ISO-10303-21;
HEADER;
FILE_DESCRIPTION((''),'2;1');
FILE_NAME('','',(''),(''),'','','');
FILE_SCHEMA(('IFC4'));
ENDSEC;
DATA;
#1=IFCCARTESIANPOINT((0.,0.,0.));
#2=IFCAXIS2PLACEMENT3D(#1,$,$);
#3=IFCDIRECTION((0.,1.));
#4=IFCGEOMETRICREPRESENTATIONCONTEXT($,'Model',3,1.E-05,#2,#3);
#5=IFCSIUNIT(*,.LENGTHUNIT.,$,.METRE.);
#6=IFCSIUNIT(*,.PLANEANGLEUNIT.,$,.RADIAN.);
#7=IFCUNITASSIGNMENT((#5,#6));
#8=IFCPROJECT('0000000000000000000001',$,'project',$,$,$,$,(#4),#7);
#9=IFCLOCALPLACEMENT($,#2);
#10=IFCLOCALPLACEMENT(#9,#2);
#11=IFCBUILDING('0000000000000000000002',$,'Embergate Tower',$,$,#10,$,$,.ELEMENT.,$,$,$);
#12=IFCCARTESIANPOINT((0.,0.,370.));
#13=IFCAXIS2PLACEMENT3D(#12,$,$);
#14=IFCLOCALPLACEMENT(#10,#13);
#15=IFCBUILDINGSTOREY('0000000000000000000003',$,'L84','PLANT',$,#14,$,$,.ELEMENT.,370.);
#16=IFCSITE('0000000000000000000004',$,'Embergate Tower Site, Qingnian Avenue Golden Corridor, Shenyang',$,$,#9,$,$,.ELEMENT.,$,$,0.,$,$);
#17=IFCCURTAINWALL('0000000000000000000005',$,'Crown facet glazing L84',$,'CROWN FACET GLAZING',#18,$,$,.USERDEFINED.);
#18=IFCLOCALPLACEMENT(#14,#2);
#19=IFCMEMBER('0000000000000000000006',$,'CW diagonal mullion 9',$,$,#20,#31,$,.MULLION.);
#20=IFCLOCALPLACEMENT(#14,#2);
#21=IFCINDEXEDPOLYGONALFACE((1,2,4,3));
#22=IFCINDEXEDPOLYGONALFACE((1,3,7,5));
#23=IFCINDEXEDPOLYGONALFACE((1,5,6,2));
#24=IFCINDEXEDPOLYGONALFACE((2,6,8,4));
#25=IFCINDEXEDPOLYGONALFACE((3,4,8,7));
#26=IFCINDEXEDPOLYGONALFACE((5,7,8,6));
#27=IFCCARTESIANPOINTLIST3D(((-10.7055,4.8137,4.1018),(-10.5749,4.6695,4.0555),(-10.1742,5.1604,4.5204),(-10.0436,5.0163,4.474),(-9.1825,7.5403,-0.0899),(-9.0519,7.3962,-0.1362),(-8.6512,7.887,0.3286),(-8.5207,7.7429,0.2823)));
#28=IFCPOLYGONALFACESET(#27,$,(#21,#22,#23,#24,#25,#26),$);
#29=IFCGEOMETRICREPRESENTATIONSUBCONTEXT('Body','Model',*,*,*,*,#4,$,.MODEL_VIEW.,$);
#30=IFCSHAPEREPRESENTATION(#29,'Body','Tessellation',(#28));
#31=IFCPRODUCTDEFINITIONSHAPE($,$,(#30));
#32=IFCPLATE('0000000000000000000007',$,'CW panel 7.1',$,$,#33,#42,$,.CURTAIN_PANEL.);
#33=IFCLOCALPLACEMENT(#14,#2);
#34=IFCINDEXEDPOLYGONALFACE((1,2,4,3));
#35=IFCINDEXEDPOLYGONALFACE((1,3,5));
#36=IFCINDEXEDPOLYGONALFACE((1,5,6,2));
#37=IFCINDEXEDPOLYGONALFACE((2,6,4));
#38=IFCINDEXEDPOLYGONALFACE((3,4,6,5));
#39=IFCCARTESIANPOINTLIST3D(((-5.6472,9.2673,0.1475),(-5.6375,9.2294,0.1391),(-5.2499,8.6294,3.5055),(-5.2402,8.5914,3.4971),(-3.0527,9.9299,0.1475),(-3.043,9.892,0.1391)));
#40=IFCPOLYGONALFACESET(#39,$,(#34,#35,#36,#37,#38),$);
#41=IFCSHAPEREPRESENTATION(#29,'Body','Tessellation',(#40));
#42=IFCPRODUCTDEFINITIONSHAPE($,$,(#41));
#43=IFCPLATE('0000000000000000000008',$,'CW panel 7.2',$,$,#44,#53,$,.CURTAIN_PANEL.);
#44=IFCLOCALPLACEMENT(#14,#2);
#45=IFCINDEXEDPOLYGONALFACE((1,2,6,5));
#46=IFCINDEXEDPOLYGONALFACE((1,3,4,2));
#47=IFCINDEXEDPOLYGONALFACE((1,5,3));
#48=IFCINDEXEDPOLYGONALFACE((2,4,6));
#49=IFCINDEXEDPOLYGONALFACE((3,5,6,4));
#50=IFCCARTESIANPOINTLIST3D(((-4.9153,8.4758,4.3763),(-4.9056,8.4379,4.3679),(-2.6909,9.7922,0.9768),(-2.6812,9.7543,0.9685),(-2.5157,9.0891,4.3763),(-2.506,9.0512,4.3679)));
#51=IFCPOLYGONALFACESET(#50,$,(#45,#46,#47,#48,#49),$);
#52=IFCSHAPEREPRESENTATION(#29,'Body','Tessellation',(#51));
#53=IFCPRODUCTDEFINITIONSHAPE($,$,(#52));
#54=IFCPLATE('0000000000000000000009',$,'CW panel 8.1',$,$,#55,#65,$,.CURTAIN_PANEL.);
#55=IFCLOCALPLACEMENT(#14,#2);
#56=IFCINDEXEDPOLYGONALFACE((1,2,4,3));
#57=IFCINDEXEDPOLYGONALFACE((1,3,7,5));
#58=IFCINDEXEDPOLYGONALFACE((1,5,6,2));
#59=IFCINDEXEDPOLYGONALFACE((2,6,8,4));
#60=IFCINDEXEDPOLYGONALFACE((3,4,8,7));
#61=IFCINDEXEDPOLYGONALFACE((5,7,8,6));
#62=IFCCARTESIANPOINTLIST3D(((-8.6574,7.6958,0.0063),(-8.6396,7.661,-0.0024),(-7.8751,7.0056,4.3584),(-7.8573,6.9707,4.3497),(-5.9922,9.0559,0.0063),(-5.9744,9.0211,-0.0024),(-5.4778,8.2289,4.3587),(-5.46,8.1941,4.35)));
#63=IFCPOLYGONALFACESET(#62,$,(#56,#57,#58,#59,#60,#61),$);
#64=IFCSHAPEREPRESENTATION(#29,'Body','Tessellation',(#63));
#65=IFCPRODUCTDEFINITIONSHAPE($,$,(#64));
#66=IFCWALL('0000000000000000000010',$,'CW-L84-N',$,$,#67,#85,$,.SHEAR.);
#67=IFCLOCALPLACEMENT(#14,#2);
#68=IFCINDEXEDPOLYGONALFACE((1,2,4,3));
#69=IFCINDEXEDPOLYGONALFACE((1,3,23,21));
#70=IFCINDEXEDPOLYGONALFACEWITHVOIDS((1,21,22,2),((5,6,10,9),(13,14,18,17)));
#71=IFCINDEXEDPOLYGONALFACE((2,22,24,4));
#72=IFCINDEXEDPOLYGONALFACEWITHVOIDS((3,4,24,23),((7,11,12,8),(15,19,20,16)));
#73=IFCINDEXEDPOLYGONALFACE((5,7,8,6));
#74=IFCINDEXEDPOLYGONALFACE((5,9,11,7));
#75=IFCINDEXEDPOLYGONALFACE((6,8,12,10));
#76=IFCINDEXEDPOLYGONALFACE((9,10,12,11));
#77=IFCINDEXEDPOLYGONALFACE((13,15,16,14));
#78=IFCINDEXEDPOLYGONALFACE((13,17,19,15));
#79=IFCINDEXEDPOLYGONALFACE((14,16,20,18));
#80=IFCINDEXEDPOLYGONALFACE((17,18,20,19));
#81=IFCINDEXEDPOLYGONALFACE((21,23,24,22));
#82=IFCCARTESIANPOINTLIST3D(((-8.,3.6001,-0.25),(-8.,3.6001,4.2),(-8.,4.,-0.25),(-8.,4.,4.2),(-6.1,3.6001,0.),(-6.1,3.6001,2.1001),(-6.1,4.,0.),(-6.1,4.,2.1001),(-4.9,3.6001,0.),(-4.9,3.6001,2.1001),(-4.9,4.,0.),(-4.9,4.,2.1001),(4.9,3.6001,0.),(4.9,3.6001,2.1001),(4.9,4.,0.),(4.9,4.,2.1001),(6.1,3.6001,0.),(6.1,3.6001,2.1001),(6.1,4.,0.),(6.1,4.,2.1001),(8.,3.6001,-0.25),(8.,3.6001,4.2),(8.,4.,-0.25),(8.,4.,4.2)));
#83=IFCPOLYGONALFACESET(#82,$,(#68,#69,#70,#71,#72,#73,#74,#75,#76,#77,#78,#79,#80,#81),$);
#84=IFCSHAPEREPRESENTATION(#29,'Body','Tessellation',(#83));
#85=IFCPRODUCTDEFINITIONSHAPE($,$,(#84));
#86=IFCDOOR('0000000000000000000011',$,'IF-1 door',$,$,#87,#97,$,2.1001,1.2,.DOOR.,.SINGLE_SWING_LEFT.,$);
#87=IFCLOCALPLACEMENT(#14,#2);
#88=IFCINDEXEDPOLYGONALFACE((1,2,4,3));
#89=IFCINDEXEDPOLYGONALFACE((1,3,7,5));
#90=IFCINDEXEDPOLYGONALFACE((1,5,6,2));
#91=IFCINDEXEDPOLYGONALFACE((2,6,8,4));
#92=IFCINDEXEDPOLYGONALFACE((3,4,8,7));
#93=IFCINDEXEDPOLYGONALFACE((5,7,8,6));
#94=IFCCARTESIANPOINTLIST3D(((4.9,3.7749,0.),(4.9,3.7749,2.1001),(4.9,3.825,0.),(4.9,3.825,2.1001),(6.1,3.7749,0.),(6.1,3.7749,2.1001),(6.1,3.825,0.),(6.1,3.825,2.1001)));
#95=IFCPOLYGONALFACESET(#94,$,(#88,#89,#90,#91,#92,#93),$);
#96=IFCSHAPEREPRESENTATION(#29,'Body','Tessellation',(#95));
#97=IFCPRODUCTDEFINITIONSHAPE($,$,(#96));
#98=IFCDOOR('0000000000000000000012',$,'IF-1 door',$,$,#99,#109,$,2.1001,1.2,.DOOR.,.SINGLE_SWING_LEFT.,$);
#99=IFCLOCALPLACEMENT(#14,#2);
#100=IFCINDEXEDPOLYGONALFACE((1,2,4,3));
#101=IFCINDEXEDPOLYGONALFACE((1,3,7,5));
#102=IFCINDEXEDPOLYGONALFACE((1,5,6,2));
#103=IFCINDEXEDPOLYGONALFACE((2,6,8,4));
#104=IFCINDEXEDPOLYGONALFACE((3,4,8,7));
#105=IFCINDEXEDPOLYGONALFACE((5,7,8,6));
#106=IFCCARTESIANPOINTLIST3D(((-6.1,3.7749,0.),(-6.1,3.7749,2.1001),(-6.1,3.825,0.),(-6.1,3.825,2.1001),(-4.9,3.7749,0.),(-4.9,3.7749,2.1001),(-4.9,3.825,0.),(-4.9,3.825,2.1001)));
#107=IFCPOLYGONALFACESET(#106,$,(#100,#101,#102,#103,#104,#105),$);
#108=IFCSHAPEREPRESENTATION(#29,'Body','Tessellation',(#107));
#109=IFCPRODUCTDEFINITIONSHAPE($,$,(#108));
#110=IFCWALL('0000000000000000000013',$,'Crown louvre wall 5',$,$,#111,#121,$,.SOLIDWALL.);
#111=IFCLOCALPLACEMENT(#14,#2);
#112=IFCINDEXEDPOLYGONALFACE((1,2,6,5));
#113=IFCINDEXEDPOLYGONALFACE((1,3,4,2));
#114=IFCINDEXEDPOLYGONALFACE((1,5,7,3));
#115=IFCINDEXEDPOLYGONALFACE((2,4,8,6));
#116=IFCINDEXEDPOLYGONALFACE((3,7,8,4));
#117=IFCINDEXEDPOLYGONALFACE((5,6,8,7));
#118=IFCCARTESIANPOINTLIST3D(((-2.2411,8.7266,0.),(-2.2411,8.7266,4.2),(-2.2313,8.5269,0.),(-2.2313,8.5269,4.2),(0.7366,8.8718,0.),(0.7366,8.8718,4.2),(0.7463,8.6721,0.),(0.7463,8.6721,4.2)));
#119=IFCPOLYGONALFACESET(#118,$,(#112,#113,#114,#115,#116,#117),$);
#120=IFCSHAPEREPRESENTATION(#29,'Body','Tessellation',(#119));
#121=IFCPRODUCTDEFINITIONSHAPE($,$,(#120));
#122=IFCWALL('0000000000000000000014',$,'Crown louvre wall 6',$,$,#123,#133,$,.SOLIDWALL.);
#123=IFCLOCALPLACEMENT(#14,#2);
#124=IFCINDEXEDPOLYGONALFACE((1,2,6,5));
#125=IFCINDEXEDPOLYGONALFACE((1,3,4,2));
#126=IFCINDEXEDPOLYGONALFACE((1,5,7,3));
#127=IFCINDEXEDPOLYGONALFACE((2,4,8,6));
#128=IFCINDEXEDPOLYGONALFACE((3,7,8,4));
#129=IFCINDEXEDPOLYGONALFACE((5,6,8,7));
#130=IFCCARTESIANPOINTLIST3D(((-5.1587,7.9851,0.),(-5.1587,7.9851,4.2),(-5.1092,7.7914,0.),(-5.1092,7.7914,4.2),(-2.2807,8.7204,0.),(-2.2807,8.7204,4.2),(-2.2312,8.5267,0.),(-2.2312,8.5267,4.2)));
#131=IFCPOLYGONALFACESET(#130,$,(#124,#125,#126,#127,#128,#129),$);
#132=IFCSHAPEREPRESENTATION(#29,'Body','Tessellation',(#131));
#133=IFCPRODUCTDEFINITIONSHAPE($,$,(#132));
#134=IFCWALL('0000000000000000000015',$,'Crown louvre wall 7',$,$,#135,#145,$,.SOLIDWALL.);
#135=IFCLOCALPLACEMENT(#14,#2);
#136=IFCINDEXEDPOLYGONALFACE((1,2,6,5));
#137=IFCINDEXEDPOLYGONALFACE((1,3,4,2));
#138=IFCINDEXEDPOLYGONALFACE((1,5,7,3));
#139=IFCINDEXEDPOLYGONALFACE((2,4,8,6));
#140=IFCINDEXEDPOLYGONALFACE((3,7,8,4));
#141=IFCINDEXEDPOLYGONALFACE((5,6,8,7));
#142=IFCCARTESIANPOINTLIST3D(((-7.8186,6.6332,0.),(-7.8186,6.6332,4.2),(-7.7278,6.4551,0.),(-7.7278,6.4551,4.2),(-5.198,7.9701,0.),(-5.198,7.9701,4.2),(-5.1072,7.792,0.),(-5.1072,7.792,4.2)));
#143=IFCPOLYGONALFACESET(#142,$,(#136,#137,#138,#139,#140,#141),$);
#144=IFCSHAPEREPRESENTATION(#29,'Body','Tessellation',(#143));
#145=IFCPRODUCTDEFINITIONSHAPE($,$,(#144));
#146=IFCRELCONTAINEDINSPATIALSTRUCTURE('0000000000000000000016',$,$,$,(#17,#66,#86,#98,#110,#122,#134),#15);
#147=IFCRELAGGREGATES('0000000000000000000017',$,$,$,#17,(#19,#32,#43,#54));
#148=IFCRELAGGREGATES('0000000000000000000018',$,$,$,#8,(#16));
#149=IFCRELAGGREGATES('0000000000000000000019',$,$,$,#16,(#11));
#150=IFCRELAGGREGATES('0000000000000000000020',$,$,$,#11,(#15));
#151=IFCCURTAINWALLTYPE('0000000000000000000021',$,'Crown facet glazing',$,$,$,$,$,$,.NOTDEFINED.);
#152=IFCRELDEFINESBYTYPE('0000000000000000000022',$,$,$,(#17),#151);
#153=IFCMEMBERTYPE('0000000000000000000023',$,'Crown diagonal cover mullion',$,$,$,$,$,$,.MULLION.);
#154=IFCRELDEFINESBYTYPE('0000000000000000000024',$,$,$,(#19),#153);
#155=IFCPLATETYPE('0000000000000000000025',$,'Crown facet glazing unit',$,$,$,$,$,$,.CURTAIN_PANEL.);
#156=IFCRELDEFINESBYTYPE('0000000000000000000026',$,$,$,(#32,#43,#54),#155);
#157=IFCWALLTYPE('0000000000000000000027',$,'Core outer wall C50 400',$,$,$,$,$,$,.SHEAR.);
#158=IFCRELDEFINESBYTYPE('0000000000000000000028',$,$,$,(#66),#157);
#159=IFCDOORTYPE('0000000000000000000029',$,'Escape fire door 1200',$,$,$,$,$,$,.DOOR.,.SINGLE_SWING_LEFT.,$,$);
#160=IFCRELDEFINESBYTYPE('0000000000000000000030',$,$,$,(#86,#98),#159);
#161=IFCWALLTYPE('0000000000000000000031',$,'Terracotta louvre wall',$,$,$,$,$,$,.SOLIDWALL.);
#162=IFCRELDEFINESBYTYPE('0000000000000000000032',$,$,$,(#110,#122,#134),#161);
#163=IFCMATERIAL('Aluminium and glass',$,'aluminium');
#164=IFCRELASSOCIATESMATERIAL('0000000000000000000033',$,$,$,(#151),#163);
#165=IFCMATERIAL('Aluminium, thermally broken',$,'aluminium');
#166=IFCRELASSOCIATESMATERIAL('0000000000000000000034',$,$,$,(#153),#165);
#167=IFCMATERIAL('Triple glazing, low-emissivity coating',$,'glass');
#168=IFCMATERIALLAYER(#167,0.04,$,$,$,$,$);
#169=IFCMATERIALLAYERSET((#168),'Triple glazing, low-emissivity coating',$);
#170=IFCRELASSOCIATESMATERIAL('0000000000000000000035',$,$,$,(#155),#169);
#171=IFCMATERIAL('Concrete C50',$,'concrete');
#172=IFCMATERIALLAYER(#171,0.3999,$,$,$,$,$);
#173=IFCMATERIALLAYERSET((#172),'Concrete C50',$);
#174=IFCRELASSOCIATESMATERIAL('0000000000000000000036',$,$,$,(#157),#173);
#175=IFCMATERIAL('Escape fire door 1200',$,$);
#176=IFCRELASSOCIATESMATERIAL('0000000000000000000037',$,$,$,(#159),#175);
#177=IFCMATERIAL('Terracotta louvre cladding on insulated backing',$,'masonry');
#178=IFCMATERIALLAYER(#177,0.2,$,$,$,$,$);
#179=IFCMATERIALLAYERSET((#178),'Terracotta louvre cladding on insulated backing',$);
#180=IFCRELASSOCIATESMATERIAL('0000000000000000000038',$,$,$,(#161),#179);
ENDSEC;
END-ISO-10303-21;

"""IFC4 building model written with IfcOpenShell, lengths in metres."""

from ifc_helpers import new_model, si_unit, direction, frame, frame_2d, origin, origin_2d, place, context, subcontext, project, spatial, polyline, rectangle, outline, extrude, source, transform, mapped, material, layer, layer_set, material_profile, profile_set, type_object, element, fill, aggregate, save


model = new_model("IFC4")

# Units and contexts
model_context = context("Model", 3, precision=1e-05, world=origin(), true_north=direction((0.0, 1.0)))
body_context = subcontext(model_context, "Body", "Model", "MODEL_VIEW")
ifc_project = project(units=[si_unit("LENGTHUNIT", "METRE"), si_unit("PLANEANGLEUNIT", "RADIAN")], contexts=[model_context])

# Site, building, storey
site_placement = place(None, origin())
site = spatial("IfcSite", under=ifc_project, at=site_placement, Name="Embergate Tower Site, Qingnian Avenue Golden Corridor, Shenyang", CompositionType="ELEMENT", RefElevation=0.0)
building_placement = place(site_placement, origin())
building = spatial("IfcBuilding", under=site, at=building_placement, Name="Embergate Tower", CompositionType="ELEMENT")
storey_placement = place(building_placement, frame((0.0, 0.0, 370.0)))
storey = spatial("IfcBuildingStorey", under=building, at=storey_placement, Name="L84", Description="PLANT", CompositionType="ELEMENT", Elevation=370.0)

# Curtain wall, member, plates
ifc_material_1 = material(Name="Aluminium and glass", Category="aluminium")
curtain_wall_type = type_object("IfcCurtainWallType", Name="Crown facet glazing", PredefinedType="NOTDEFINED", material=ifc_material_1)
curtain_wall_placement = place(storey_placement, origin())
curtain_wall = element("IfcCurtainWall", 1, at=curtain_wall_placement, inside=storey, type_object=curtain_wall_type, Name="Crown facet glazing L84", ObjectType="CROWN FACET GLAZING", PredefinedType="USERDEFINED")
ifc_material_2 = material(Name="Aluminium, thermally broken", Category="aluminium")
ifc_material_profile_1 = material_profile(ifc_material_2, rectangle(XDim=0.2, YDim=0.76, at=origin_2d()), Name="AL 760x200")
ifc_profile_set_1 = profile_set([ifc_material_profile_1], Name="Aluminium, thermally broken")
member_type_1 = type_object("IfcMemberType", Name="Crown diagonal cover mullion", PredefinedType="MULLION", material=ifc_profile_set_1)
shared_shape_1 = source(origin(), body_context, "Body", "SweptSolid", [
    extrude(rectangle(XDim=0.2, YDim=0.76, at=origin_2d()), origin(), (0.0, 0.0, 1.0), 5.2273),
])
member_1_placement = place(storey_placement, frame((-8.8516, 7.6416, 0.0962), z_axis=(-0.291352, -0.521612, 0.801895), x_axis=(-0.653096, 0.720964, 0.23168)))
member_1 = element("IfcMember", 2, at=member_1_placement, type_object=member_type_1, Name="CW diagonal mullion 9", PredefinedType="MULLION", context=body_context, shape_type="MappedRepresentation", body=[
    mapped(shared_shape_1, transform((0.0, 0.0, 0.0))),
])
ifc_material_3 = material(Name="Triple glazing, low-emissivity coating", Category="glass")
ifc_layer_1 = layer(ifc_material_3, 0.04)
ifc_layer_set_1 = layer_set([ifc_layer_1], Name="Triple glazing, low-emissivity coating")
plate_type = type_object("IfcPlateType", Name="Crown facet glazing unit", PredefinedType="CURTAIN_PANEL", material=ifc_layer_set_1)
shared_shape_2 = source(origin(), body_context, "Body", "SweptSolid", [
    extrude(outline(polyline([(0.0, 0.0), (2.6777, 0.0), (2.4507, 3.4336), (0.0, 0.0)])), origin(), (0.0, 0.0, -1.0), 0.04),
])
plate_1_placement = place(storey_placement, frame((-3.0527, 9.9299, 0.1475), z_axis=(-0.241999, 0.947577, 0.208648), x_axis=(-0.968902, -0.247445, 0.0)))
plate_1 = element("IfcPlate", 3, at=plate_1_placement, type_object=plate_type, Name="CW panel 7.1", PredefinedType="CURTAIN_PANEL", context=body_context, shape_type="MappedRepresentation", body=[
    mapped(shared_shape_2, transform((0.0, 0.0, 0.0))),
])
shared_shape_3 = source(origin(), body_context, "Body", "SweptSolid", [
    extrude(outline(polyline([(0.0, 0.0), (4.2705, 0.0), (2.8315, 2.0159), (0.0, 0.0)])), origin(), (0.0, 0.0, -1.0), 0.04),
])
plate_2_placement = place(storey_placement, frame((-2.6909, 9.7922, 0.9768), z_axis=(-0.242171, 0.94757, 0.20848), x_axis=(-0.520874, -0.308259, 0.796032)))
plate_2 = element("IfcPlate", 4, at=plate_2_placement, type_object=plate_type, Name="CW panel 7.2", PredefinedType="CURTAIN_PANEL", context=body_context, shape_type="MappedRepresentation", body=[
    mapped(shared_shape_3, transform((0.0, 0.0, 0.0))),
])
shared_shape_4 = source(origin(), body_context, "Body", "SweptSolid", [
    extrude(outline(polyline([(0.0, 0.0), (2.9922, 0.0), (2.6091, 4.459), (-0.0823, 4.4592), (0.0, 0.0)])), origin(), (0.0, 0.0, -1.0), 0.04),
])
plate_3_placement = place(storey_placement, frame((-5.9922, 9.0559, 0.0063), z_axis=(-0.443666, 0.869367, 0.217626), x_axis=(-0.890716, -0.45456, -0.000005)))
plate_3 = element("IfcPlate", 5, at=plate_3_placement, type_object=plate_type, Name="CW panel 8.1", PredefinedType="CURTAIN_PANEL", context=body_context, shape_type="MappedRepresentation", body=[
    mapped(shared_shape_4, transform((0.0, 0.0, 0.0))),
])
aggregate(curtain_wall, [member_1, plate_1, plate_2, plate_3])

# Wall, openings, doors
ifc_material_4 = material(Name="Concrete C50", Category="concrete")
ifc_layer_2 = layer(ifc_material_4, 0.3999)
ifc_layer_set_2 = layer_set([ifc_layer_2], Name="Concrete C50")
wall_type_1 = type_object("IfcWallType", Name="Core outer wall C50 400", PredefinedType="SHEAR", material=ifc_layer_set_2)
shared_shape_5 = source(origin(), body_context, "Body", "SweptSolid", [
    extrude(rectangle(XDim=16.0, YDim=0.3999, at=frame_2d((8.0, 0.0))), origin(), (0.0, 0.0, 1.0), 4.45),
])
wall_1_placement = place(storey_placement, frame((-8.0, 3.8, -0.25), z_axis=(0.0, 0.0, 1.0), x_axis=(1.0, 0.0, 0.0)))
wall_1 = element("IfcWall", 6, at=wall_1_placement, inside=storey, type_object=wall_type_1, Name="CW-L84-N", PredefinedType="SHEAR", context=body_context, shape_type="MappedRepresentation", body=[
    mapped(shared_shape_5, transform((0.0, 0.0, 0.0))),
])
shared_shape_6 = source(origin(), body_context, "Body", "SweptSolid", [
    extrude(rectangle(XDim=1.2, YDim=2.1001, at=frame_2d((0.6001, 1.05))), frame((0.0, 0.21, 0.0), z_axis=(0.0, -1.0, 0.0), x_axis=(1.0, 0.0, 0.0)), (0.0, 0.0, 1.0), 0.4199),
])
opening_1_placement = place(wall_1_placement, frame((12.8999, 0.0, 0.25)))
opening_1 = element("IfcOpeningElement", 7, at=opening_1_placement, cuts=wall_1, PredefinedType="OPENING", context=body_context, shape_type="MappedRepresentation", body=[
    mapped(shared_shape_6, transform((0.0, 0.0, 0.0))),
])
opening_2_placement = place(wall_1_placement, frame((1.8999, 0.0, 0.25)))
opening_2 = element("IfcOpeningElement", 8, at=opening_2_placement, cuts=wall_1, PredefinedType="OPENING", context=body_context, shape_type="MappedRepresentation", body=[
    mapped(shared_shape_6, transform((0.0, 0.0, 0.0))),
])
ifc_material_5 = material(Name="Escape fire door 1200")
door_type_1 = type_object("IfcDoorType", Name="Escape fire door 1200", OperationType="SINGLE_SWING_LEFT", PredefinedType="DOOR", material=ifc_material_5)
shared_shape_7 = source(origin(), body_context, "Body", "SweptSolid", [
    extrude(rectangle(XDim=1.2, YDim=2.1001, at=frame_2d((0.6001, 1.05))), frame((0.0, 0.0249, 0.0), z_axis=(0.0, -1.0, 0.0), x_axis=(1.0, 0.0, 0.0)), (0.0, 0.0, 1.0), 0.05),
])
door_1_placement = place(opening_1_placement, origin())
door_1 = element("IfcDoor", 9, at=door_1_placement, inside=storey, type_object=door_type_1, Name="IF-1 door", OperationType="SINGLE_SWING_LEFT", OverallHeight=2.1001, OverallWidth=1.2, PredefinedType="DOOR", context=body_context, shape_type="MappedRepresentation", body=[
    mapped(shared_shape_7, transform((0.0, 0.0, 0.0))),
])
fill(opening_1, door_1)
door_2_placement = place(opening_2_placement, origin())
door_2 = element("IfcDoor", 10, at=door_2_placement, inside=storey, type_object=door_type_1, Name="IF-1 door", OperationType="SINGLE_SWING_LEFT", OverallHeight=2.1001, OverallWidth=1.2, PredefinedType="DOOR", context=body_context, shape_type="MappedRepresentation", body=[
    mapped(shared_shape_7, transform((0.0, 0.0, 0.0))),
])
fill(opening_2, door_2)

# Walls
ifc_material_6 = material(Name="Terracotta louvre cladding on insulated backing", Category="masonry")
ifc_layer_3 = layer(ifc_material_6, 0.2)
ifc_layer_set_3 = layer_set([ifc_layer_3], Name="Terracotta louvre cladding on insulated backing")
wall_type_2 = type_object("IfcWallType", Name="Terracotta louvre wall", PredefinedType="SOLIDWALL", material=ifc_layer_set_3)
shared_shape_8 = source(origin(), body_context, "Body", "SweptSolid", [
    extrude(rectangle(XDim=2.9812, YDim=0.2, at=frame_2d((1.4907, 0.0))), origin(), (0.0, 0.0, 1.0), 4.2),
])
wall_2_placement = place(storey_placement, frame((-2.2363, 8.6267, 0.0), z_axis=(0.0, 0.0, 1.0), x_axis=(0.998812, 0.048729, 0.0)))
element("IfcWall", 11, at=wall_2_placement, inside=storey, type_object=wall_type_2, Name="Crown louvre wall 5", PredefinedType="SOLIDWALL", context=body_context, shape_type="MappedRepresentation", body=[
    mapped(shared_shape_8, transform((0.0, 0.0, 0.0))),
])
shared_shape_9 = source(origin(), body_context, "Body", "SweptSolid", [
    extrude(rectangle(XDim=2.9705, YDim=0.2, at=frame_2d((1.4854, 0.0))), origin(), (0.0, 0.0, 1.0), 4.2),
])
wall_3_placement = place(storey_placement, frame((-5.134, 7.8882, 0.0), z_axis=(0.0, 0.0, 1.0), x_axis=(0.968872, 0.247561, 0.0)))
element("IfcWall", 12, at=wall_3_placement, inside=storey, type_object=wall_type_2, Name="Crown louvre wall 6", PredefinedType="SOLIDWALL", context=body_context, shape_type="MappedRepresentation", body=[
    mapped(shared_shape_9, transform((0.0, 0.0, 0.0))),
])
shared_shape_10 = source(origin(), body_context, "Body", "SweptSolid", [
    extrude(rectangle(XDim=2.9419, YDim=0.2, at=frame_2d((1.4709, 0.0))), origin(), (0.0, 0.0, 1.0), 4.2),
])
wall_4_placement = place(storey_placement, frame((-7.7732, 6.5442, 0.0), z_axis=(0.0, 0.0, 1.0), x_axis=(0.89078, 0.454435, 0.0)))
element("IfcWall", 13, at=wall_4_placement, inside=storey, type_object=wall_type_2, Name="Crown louvre wall 7", PredefinedType="SOLIDWALL", context=body_context, shape_type="MappedRepresentation", body=[
    mapped(shared_shape_10, transform((0.0, 0.0, 0.0))),
])

save(model, "model.ifc")
